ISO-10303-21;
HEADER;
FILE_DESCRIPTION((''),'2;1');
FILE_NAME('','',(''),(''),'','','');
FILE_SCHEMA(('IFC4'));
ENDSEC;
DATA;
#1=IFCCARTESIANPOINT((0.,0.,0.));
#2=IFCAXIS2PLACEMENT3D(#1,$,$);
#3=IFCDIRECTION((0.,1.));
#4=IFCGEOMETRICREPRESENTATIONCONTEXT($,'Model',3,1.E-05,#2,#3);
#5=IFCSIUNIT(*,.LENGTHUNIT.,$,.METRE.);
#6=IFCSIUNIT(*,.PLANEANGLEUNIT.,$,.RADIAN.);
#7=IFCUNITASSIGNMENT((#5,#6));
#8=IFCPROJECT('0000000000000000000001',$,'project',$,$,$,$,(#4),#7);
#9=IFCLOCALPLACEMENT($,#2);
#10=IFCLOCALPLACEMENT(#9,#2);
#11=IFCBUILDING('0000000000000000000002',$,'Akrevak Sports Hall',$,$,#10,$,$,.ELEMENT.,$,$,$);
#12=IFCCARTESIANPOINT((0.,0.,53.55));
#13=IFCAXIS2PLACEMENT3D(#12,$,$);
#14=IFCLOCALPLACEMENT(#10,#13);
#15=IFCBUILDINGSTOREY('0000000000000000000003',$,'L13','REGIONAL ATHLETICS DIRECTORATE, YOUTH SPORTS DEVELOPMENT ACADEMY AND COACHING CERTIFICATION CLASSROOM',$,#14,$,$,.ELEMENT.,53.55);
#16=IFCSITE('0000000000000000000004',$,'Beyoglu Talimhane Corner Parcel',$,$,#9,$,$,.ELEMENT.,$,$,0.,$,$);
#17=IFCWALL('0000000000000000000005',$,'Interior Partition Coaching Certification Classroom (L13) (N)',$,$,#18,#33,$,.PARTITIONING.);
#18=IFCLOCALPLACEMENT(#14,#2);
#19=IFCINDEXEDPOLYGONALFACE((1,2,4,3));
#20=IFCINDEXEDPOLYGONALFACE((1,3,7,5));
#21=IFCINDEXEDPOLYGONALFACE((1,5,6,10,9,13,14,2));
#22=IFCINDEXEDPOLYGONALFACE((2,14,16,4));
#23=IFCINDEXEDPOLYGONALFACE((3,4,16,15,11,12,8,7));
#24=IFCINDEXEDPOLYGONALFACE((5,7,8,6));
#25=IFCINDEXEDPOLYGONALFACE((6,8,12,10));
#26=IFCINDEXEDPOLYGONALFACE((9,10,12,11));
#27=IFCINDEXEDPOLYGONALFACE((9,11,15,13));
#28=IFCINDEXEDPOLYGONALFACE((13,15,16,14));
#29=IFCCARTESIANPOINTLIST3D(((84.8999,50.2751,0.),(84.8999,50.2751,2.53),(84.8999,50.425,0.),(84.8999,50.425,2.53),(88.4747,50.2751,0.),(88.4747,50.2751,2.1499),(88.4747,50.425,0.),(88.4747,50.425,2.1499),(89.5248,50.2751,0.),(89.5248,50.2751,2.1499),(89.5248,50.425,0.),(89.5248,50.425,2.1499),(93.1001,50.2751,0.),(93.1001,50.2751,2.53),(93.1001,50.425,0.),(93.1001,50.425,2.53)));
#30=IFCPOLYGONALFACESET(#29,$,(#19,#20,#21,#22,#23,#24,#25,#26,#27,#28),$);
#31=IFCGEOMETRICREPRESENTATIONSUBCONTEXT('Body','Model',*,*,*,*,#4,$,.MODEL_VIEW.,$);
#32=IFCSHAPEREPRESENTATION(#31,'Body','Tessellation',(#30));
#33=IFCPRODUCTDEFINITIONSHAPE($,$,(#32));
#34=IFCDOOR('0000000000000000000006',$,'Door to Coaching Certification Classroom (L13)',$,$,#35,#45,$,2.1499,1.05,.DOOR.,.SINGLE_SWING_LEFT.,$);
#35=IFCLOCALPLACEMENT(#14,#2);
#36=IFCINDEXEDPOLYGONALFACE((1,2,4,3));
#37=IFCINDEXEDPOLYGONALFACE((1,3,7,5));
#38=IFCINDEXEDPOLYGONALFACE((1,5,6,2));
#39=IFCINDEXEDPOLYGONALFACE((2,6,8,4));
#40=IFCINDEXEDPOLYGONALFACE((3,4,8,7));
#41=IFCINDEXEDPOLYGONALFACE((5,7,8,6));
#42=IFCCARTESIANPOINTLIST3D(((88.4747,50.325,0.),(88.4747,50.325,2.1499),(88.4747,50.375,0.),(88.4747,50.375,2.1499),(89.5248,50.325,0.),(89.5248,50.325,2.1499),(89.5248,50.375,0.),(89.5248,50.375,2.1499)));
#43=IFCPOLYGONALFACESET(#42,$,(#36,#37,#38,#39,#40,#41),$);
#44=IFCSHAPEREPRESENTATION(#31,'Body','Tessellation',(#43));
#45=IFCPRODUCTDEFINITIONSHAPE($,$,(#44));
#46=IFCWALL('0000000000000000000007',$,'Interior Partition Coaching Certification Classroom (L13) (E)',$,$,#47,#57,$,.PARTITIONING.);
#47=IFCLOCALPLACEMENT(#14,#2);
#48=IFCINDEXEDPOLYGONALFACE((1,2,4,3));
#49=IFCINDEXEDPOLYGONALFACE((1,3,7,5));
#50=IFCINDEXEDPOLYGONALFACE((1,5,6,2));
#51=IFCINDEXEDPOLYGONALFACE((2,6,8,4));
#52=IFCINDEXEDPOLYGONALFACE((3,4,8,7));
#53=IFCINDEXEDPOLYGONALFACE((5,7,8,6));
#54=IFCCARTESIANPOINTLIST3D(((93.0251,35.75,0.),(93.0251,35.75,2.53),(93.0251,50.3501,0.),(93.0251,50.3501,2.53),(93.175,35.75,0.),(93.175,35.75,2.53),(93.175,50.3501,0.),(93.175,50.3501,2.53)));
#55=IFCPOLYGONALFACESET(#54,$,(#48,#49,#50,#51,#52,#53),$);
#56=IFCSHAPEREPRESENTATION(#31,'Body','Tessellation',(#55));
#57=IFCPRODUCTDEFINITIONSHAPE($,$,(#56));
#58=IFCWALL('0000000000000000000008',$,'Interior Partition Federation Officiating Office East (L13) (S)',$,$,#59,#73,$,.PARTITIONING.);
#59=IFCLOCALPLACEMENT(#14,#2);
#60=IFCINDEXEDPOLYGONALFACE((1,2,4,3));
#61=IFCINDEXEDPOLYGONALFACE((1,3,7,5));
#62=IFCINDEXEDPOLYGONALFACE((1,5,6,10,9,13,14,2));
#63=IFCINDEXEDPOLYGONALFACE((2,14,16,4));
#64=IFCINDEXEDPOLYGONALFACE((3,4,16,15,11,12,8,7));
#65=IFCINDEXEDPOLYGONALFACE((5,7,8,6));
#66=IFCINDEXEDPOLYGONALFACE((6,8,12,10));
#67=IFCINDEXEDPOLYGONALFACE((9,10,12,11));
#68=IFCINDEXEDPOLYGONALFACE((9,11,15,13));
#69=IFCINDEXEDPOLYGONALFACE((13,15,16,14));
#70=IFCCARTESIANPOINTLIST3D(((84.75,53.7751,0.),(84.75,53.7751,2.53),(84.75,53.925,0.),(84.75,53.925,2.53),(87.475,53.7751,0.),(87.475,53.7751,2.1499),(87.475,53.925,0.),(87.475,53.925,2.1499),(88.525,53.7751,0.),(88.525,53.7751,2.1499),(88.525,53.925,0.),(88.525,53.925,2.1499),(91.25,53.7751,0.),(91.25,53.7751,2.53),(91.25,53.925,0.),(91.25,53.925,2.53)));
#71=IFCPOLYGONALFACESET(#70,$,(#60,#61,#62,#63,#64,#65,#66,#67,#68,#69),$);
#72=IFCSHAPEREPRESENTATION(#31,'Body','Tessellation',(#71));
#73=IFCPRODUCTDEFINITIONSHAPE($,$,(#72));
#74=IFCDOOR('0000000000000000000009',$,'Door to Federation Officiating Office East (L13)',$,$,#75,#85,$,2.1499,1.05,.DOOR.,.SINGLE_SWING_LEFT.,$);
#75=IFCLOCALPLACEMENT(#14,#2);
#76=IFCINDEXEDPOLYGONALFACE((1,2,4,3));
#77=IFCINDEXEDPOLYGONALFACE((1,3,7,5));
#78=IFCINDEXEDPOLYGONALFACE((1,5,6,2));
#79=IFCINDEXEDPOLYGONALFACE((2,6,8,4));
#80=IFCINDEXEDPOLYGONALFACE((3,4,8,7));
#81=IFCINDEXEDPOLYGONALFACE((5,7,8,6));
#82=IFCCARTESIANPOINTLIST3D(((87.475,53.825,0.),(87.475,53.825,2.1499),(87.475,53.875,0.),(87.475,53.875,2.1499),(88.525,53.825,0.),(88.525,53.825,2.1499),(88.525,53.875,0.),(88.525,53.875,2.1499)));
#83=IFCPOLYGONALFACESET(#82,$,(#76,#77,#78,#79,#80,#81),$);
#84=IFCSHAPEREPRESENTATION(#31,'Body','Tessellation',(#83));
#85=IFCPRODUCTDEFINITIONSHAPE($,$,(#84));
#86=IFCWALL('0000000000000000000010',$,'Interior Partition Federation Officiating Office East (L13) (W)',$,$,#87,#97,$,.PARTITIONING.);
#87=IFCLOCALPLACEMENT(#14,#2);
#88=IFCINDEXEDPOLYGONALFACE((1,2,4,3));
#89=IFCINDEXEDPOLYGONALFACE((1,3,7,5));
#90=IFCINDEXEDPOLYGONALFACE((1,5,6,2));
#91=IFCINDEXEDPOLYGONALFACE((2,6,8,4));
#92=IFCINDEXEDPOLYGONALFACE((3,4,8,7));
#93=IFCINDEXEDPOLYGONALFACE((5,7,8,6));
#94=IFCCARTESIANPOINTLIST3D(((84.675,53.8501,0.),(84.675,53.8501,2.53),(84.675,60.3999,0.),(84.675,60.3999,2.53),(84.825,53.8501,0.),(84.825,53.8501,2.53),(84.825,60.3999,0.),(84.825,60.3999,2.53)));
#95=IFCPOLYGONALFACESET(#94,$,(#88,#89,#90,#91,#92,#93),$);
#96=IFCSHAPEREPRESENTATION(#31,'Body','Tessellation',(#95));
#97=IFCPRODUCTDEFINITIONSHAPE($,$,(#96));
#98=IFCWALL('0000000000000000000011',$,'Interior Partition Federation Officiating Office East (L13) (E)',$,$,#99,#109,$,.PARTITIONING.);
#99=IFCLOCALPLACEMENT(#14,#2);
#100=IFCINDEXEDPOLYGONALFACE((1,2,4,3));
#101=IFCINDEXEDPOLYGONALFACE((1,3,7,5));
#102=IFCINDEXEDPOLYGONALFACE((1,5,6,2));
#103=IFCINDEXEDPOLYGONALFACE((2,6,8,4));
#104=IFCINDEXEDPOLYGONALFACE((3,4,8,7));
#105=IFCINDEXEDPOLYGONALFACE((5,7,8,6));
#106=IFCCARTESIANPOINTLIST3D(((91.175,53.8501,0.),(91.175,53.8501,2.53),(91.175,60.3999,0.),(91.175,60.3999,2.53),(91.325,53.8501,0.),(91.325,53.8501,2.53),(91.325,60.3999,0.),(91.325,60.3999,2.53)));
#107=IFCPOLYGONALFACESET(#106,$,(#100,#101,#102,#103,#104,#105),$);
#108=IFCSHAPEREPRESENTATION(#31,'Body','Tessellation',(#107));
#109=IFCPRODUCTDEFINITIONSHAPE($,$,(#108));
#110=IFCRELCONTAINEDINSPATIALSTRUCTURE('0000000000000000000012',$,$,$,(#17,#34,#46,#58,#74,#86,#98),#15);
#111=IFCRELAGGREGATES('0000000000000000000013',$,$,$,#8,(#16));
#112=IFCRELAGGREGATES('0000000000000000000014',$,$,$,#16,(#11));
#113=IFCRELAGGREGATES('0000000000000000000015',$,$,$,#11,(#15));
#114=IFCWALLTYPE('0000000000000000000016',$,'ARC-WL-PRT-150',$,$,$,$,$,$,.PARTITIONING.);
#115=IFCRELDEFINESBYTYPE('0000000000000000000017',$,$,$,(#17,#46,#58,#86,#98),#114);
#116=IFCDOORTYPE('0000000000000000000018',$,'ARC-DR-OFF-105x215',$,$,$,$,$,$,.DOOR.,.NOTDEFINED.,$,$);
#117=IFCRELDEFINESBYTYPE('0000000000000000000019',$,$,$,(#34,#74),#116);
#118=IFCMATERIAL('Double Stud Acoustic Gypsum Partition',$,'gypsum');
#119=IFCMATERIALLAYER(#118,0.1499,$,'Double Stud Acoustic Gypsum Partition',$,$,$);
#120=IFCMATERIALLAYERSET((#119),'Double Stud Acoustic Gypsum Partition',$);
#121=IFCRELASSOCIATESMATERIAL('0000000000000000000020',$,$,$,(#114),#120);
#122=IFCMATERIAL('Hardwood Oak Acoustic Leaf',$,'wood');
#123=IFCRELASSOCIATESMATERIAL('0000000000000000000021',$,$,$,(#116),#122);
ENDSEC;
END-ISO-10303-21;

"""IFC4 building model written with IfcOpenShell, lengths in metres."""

from ifc_helpers import new_model, si_unit, direction, frame, frame_2d, origin, place, context, subcontext, project, spatial, rectangle, extrude, material, layer, layer_set, type_object, element, fill, save


model = new_model("IFC4")

# Units and contexts
model_context = context("Model", 3, precision=1e-05, world=origin(), true_north=direction((0.0, 1.0)))
body_context = subcontext(model_context, "Body", "Model", "MODEL_VIEW")
ifc_project = project(units=[si_unit("LENGTHUNIT", "METRE"), si_unit("PLANEANGLEUNIT", "RADIAN")], contexts=[model_context])

# Site, building, storey
site_placement = place(None, origin())
site = spatial("IfcSite", under=ifc_project, at=site_placement, Name="Beyoglu Talimhane Corner Parcel", CompositionType="ELEMENT", RefElevation=0.0)
building_placement = place(site_placement, origin())
building = spatial("IfcBuilding", under=site, at=building_placement, Name="Akrevak Sports Hall", CompositionType="ELEMENT")
storey_placement = place(building_placement, frame((0.0, 0.0, 53.55)))
storey = spatial("IfcBuildingStorey", under=building, at=storey_placement, Name="L13", Description="REGIONAL ATHLETICS DIRECTORATE, YOUTH SPORTS DEVELOPMENT ACADEMY AND COACHING CERTIFICATION CLASSROOM", CompositionType="ELEMENT", Elevation=53.55)

# Shared definitions
ifc_material_1 = material(Name="Hardwood Oak Acoustic Leaf", Category="wood")

# Wall, opening, door
ifc_material_2 = material(Name="Double Stud Acoustic Gypsum Partition", Category="gypsum")
ifc_layer_1 = layer(ifc_material_2, 0.1499, Name="Double Stud Acoustic Gypsum Partition")
ifc_layer_set_1 = layer_set([ifc_layer_1], Name="Double Stud Acoustic Gypsum Partition")
wall_type_1 = type_object("IfcWallType", Name="ARC-WL-PRT-150", PredefinedType="PARTITIONING", material=ifc_layer_set_1)
wall_1_placement = place(storey_placement, frame((84.8999, 50.3501, 0.0), z_axis=(0.0, 0.0, 1.0), x_axis=(1.0, 0.0, 0.0)))
wall_1 = element("IfcWall", 1, at=wall_1_placement, inside=storey, type_object=wall_type_1, Name="Interior Partition Coaching Certification Classroom (L13) (N)", PredefinedType="PARTITIONING", context=body_context, shape_type="SweptSolid", body=[
    extrude(rectangle(XDim=8.2002, YDim=0.1499, at=frame_2d((4.1001, 0.0))), origin(), (0.0, 0.0, 1.0), 2.53),
])
opening_1_placement = place(wall_1_placement, frame((3.575, 0.0, 0.0)))
opening_1 = element("IfcOpeningElement", 2, at=opening_1_placement, cuts=wall_1, PredefinedType="OPENING", context=body_context, shape_type="SweptSolid", body=[
    extrude(rectangle(XDim=1.05, YDim=2.1499, at=frame_2d((0.5249, 1.075))), frame((0.0, 0.0869, 0.0), z_axis=(0.0, -1.0, 0.0), x_axis=(1.0, 0.0, 0.0)), (0.0, 0.0, 1.0), 0.1738),
])
door_type_1 = type_object("IfcDoorType", Name="ARC-DR-OFF-105x215", OperationType="NOTDEFINED", PredefinedType="DOOR", material=ifc_material_1)
door_1_placement = place(opening_1_placement, origin())
door_1 = element("IfcDoor", 3, at=door_1_placement, inside=storey, type_object=door_type_1, Name="Door to Coaching Certification Classroom (L13)", OperationType="SINGLE_SWING_LEFT", OverallHeight=2.1499, OverallWidth=1.05, PredefinedType="DOOR", context=body_context, shape_type="SweptSolid", body=[
    extrude(rectangle(XDim=1.05, YDim=2.1499, at=frame_2d((0.5249, 1.075))), frame((0.0, 0.0249, 0.0), z_axis=(0.0, -1.0, 0.0), x_axis=(1.0, 0.0, 0.0)), (0.0, 0.0, 1.0), 0.05),
])
fill(opening_1, door_1)

# Wall
wall_2_placement = place(storey_placement, frame((93.1001, 35.75, 0.0), z_axis=(0.0, 0.0, 1.0), x_axis=(0.0, 1.0, 0.0)))
element("IfcWall", 4, at=wall_2_placement, inside=storey, type_object=wall_type_1, Name="Interior Partition Coaching Certification Classroom (L13) (E)", PredefinedType="PARTITIONING", context=body_context, shape_type="SweptSolid", body=[
    extrude(rectangle(XDim=14.6001, YDim=0.1499, at=frame_2d((7.3, 0.0))), origin(), (0.0, 0.0, 1.0), 2.53),
])

# Wall, opening, door
wall_3_placement = place(storey_placement, frame((84.75, 53.8501, 0.0), z_axis=(0.0, 0.0, 1.0), x_axis=(1.0, 0.0, 0.0)))
wall_3 = element("IfcWall", 5, at=wall_3_placement, inside=storey, type_object=wall_type_1, Name="Interior Partition Federation Officiating Office East (L13) (S)", PredefinedType="PARTITIONING", context=body_context, shape_type="SweptSolid", body=[
    extrude(rectangle(XDim=6.5, YDim=0.1499, at=frame_2d((3.25, 0.0))), origin(), (0.0, 0.0, 1.0), 2.53),
])
opening_2_placement = place(wall_3_placement, frame((2.7251, 0.0, 0.0)))
opening_2 = element("IfcOpeningElement", 6, at=opening_2_placement, cuts=wall_3, PredefinedType="OPENING", context=body_context, shape_type="SweptSolid", body=[
    extrude(rectangle(XDim=1.05, YDim=2.1499, at=frame_2d((0.5249, 1.075))), frame((0.0, 0.0869, 0.0), z_axis=(0.0, -1.0, 0.0), x_axis=(1.0, 0.0, 0.0)), (0.0, 0.0, 1.0), 0.1738),
])
door_2_placement = place(opening_2_placement, origin())
door_2 = element("IfcDoor", 7, at=door_2_placement, inside=storey, type_object=door_type_1, Name="Door to Federation Officiating Office East (L13)", OperationType="SINGLE_SWING_LEFT", OverallHeight=2.1499, OverallWidth=1.05, PredefinedType="DOOR", context=body_context, shape_type="SweptSolid", body=[
    extrude(rectangle(XDim=1.05, YDim=2.1499, at=frame_2d((0.5249, 1.075))), frame((0.0, 0.0249, 0.0), z_axis=(0.0, -1.0, 0.0), x_axis=(1.0, 0.0, 0.0)), (0.0, 0.0, 1.0), 0.05),
])
fill(opening_2, door_2)

# Walls
for number, where, z_axis, x_axis, name in (
    (8, (84.75, 53.8501, 0.0), (0.0, 0.0, 1.0), (0.0, 1.0, 0.0), "Interior Partition Federation Officiating Office East (L13) (W)"),
    (9, (91.25, 53.8501, 0.0), (0.0, 0.0, 1.0), (0.0, 1.0, 0.0), "Interior Partition Federation Officiating Office East (L13) (E)"),
):
    element("IfcWall", number, at=place(storey_placement, frame(where, z_axis=z_axis, x_axis=x_axis)), inside=storey, type_object=wall_type_1, Name=name, PredefinedType="PARTITIONING", context=body_context, shape_type="SweptSolid", body=[
        extrude(rectangle(XDim=6.5498, YDim=0.1499, at=frame_2d((3.2749, 0.0))), origin(), (0.0, 0.0, 1.0), 2.53),
    ])

save(model, "model.ifc")
